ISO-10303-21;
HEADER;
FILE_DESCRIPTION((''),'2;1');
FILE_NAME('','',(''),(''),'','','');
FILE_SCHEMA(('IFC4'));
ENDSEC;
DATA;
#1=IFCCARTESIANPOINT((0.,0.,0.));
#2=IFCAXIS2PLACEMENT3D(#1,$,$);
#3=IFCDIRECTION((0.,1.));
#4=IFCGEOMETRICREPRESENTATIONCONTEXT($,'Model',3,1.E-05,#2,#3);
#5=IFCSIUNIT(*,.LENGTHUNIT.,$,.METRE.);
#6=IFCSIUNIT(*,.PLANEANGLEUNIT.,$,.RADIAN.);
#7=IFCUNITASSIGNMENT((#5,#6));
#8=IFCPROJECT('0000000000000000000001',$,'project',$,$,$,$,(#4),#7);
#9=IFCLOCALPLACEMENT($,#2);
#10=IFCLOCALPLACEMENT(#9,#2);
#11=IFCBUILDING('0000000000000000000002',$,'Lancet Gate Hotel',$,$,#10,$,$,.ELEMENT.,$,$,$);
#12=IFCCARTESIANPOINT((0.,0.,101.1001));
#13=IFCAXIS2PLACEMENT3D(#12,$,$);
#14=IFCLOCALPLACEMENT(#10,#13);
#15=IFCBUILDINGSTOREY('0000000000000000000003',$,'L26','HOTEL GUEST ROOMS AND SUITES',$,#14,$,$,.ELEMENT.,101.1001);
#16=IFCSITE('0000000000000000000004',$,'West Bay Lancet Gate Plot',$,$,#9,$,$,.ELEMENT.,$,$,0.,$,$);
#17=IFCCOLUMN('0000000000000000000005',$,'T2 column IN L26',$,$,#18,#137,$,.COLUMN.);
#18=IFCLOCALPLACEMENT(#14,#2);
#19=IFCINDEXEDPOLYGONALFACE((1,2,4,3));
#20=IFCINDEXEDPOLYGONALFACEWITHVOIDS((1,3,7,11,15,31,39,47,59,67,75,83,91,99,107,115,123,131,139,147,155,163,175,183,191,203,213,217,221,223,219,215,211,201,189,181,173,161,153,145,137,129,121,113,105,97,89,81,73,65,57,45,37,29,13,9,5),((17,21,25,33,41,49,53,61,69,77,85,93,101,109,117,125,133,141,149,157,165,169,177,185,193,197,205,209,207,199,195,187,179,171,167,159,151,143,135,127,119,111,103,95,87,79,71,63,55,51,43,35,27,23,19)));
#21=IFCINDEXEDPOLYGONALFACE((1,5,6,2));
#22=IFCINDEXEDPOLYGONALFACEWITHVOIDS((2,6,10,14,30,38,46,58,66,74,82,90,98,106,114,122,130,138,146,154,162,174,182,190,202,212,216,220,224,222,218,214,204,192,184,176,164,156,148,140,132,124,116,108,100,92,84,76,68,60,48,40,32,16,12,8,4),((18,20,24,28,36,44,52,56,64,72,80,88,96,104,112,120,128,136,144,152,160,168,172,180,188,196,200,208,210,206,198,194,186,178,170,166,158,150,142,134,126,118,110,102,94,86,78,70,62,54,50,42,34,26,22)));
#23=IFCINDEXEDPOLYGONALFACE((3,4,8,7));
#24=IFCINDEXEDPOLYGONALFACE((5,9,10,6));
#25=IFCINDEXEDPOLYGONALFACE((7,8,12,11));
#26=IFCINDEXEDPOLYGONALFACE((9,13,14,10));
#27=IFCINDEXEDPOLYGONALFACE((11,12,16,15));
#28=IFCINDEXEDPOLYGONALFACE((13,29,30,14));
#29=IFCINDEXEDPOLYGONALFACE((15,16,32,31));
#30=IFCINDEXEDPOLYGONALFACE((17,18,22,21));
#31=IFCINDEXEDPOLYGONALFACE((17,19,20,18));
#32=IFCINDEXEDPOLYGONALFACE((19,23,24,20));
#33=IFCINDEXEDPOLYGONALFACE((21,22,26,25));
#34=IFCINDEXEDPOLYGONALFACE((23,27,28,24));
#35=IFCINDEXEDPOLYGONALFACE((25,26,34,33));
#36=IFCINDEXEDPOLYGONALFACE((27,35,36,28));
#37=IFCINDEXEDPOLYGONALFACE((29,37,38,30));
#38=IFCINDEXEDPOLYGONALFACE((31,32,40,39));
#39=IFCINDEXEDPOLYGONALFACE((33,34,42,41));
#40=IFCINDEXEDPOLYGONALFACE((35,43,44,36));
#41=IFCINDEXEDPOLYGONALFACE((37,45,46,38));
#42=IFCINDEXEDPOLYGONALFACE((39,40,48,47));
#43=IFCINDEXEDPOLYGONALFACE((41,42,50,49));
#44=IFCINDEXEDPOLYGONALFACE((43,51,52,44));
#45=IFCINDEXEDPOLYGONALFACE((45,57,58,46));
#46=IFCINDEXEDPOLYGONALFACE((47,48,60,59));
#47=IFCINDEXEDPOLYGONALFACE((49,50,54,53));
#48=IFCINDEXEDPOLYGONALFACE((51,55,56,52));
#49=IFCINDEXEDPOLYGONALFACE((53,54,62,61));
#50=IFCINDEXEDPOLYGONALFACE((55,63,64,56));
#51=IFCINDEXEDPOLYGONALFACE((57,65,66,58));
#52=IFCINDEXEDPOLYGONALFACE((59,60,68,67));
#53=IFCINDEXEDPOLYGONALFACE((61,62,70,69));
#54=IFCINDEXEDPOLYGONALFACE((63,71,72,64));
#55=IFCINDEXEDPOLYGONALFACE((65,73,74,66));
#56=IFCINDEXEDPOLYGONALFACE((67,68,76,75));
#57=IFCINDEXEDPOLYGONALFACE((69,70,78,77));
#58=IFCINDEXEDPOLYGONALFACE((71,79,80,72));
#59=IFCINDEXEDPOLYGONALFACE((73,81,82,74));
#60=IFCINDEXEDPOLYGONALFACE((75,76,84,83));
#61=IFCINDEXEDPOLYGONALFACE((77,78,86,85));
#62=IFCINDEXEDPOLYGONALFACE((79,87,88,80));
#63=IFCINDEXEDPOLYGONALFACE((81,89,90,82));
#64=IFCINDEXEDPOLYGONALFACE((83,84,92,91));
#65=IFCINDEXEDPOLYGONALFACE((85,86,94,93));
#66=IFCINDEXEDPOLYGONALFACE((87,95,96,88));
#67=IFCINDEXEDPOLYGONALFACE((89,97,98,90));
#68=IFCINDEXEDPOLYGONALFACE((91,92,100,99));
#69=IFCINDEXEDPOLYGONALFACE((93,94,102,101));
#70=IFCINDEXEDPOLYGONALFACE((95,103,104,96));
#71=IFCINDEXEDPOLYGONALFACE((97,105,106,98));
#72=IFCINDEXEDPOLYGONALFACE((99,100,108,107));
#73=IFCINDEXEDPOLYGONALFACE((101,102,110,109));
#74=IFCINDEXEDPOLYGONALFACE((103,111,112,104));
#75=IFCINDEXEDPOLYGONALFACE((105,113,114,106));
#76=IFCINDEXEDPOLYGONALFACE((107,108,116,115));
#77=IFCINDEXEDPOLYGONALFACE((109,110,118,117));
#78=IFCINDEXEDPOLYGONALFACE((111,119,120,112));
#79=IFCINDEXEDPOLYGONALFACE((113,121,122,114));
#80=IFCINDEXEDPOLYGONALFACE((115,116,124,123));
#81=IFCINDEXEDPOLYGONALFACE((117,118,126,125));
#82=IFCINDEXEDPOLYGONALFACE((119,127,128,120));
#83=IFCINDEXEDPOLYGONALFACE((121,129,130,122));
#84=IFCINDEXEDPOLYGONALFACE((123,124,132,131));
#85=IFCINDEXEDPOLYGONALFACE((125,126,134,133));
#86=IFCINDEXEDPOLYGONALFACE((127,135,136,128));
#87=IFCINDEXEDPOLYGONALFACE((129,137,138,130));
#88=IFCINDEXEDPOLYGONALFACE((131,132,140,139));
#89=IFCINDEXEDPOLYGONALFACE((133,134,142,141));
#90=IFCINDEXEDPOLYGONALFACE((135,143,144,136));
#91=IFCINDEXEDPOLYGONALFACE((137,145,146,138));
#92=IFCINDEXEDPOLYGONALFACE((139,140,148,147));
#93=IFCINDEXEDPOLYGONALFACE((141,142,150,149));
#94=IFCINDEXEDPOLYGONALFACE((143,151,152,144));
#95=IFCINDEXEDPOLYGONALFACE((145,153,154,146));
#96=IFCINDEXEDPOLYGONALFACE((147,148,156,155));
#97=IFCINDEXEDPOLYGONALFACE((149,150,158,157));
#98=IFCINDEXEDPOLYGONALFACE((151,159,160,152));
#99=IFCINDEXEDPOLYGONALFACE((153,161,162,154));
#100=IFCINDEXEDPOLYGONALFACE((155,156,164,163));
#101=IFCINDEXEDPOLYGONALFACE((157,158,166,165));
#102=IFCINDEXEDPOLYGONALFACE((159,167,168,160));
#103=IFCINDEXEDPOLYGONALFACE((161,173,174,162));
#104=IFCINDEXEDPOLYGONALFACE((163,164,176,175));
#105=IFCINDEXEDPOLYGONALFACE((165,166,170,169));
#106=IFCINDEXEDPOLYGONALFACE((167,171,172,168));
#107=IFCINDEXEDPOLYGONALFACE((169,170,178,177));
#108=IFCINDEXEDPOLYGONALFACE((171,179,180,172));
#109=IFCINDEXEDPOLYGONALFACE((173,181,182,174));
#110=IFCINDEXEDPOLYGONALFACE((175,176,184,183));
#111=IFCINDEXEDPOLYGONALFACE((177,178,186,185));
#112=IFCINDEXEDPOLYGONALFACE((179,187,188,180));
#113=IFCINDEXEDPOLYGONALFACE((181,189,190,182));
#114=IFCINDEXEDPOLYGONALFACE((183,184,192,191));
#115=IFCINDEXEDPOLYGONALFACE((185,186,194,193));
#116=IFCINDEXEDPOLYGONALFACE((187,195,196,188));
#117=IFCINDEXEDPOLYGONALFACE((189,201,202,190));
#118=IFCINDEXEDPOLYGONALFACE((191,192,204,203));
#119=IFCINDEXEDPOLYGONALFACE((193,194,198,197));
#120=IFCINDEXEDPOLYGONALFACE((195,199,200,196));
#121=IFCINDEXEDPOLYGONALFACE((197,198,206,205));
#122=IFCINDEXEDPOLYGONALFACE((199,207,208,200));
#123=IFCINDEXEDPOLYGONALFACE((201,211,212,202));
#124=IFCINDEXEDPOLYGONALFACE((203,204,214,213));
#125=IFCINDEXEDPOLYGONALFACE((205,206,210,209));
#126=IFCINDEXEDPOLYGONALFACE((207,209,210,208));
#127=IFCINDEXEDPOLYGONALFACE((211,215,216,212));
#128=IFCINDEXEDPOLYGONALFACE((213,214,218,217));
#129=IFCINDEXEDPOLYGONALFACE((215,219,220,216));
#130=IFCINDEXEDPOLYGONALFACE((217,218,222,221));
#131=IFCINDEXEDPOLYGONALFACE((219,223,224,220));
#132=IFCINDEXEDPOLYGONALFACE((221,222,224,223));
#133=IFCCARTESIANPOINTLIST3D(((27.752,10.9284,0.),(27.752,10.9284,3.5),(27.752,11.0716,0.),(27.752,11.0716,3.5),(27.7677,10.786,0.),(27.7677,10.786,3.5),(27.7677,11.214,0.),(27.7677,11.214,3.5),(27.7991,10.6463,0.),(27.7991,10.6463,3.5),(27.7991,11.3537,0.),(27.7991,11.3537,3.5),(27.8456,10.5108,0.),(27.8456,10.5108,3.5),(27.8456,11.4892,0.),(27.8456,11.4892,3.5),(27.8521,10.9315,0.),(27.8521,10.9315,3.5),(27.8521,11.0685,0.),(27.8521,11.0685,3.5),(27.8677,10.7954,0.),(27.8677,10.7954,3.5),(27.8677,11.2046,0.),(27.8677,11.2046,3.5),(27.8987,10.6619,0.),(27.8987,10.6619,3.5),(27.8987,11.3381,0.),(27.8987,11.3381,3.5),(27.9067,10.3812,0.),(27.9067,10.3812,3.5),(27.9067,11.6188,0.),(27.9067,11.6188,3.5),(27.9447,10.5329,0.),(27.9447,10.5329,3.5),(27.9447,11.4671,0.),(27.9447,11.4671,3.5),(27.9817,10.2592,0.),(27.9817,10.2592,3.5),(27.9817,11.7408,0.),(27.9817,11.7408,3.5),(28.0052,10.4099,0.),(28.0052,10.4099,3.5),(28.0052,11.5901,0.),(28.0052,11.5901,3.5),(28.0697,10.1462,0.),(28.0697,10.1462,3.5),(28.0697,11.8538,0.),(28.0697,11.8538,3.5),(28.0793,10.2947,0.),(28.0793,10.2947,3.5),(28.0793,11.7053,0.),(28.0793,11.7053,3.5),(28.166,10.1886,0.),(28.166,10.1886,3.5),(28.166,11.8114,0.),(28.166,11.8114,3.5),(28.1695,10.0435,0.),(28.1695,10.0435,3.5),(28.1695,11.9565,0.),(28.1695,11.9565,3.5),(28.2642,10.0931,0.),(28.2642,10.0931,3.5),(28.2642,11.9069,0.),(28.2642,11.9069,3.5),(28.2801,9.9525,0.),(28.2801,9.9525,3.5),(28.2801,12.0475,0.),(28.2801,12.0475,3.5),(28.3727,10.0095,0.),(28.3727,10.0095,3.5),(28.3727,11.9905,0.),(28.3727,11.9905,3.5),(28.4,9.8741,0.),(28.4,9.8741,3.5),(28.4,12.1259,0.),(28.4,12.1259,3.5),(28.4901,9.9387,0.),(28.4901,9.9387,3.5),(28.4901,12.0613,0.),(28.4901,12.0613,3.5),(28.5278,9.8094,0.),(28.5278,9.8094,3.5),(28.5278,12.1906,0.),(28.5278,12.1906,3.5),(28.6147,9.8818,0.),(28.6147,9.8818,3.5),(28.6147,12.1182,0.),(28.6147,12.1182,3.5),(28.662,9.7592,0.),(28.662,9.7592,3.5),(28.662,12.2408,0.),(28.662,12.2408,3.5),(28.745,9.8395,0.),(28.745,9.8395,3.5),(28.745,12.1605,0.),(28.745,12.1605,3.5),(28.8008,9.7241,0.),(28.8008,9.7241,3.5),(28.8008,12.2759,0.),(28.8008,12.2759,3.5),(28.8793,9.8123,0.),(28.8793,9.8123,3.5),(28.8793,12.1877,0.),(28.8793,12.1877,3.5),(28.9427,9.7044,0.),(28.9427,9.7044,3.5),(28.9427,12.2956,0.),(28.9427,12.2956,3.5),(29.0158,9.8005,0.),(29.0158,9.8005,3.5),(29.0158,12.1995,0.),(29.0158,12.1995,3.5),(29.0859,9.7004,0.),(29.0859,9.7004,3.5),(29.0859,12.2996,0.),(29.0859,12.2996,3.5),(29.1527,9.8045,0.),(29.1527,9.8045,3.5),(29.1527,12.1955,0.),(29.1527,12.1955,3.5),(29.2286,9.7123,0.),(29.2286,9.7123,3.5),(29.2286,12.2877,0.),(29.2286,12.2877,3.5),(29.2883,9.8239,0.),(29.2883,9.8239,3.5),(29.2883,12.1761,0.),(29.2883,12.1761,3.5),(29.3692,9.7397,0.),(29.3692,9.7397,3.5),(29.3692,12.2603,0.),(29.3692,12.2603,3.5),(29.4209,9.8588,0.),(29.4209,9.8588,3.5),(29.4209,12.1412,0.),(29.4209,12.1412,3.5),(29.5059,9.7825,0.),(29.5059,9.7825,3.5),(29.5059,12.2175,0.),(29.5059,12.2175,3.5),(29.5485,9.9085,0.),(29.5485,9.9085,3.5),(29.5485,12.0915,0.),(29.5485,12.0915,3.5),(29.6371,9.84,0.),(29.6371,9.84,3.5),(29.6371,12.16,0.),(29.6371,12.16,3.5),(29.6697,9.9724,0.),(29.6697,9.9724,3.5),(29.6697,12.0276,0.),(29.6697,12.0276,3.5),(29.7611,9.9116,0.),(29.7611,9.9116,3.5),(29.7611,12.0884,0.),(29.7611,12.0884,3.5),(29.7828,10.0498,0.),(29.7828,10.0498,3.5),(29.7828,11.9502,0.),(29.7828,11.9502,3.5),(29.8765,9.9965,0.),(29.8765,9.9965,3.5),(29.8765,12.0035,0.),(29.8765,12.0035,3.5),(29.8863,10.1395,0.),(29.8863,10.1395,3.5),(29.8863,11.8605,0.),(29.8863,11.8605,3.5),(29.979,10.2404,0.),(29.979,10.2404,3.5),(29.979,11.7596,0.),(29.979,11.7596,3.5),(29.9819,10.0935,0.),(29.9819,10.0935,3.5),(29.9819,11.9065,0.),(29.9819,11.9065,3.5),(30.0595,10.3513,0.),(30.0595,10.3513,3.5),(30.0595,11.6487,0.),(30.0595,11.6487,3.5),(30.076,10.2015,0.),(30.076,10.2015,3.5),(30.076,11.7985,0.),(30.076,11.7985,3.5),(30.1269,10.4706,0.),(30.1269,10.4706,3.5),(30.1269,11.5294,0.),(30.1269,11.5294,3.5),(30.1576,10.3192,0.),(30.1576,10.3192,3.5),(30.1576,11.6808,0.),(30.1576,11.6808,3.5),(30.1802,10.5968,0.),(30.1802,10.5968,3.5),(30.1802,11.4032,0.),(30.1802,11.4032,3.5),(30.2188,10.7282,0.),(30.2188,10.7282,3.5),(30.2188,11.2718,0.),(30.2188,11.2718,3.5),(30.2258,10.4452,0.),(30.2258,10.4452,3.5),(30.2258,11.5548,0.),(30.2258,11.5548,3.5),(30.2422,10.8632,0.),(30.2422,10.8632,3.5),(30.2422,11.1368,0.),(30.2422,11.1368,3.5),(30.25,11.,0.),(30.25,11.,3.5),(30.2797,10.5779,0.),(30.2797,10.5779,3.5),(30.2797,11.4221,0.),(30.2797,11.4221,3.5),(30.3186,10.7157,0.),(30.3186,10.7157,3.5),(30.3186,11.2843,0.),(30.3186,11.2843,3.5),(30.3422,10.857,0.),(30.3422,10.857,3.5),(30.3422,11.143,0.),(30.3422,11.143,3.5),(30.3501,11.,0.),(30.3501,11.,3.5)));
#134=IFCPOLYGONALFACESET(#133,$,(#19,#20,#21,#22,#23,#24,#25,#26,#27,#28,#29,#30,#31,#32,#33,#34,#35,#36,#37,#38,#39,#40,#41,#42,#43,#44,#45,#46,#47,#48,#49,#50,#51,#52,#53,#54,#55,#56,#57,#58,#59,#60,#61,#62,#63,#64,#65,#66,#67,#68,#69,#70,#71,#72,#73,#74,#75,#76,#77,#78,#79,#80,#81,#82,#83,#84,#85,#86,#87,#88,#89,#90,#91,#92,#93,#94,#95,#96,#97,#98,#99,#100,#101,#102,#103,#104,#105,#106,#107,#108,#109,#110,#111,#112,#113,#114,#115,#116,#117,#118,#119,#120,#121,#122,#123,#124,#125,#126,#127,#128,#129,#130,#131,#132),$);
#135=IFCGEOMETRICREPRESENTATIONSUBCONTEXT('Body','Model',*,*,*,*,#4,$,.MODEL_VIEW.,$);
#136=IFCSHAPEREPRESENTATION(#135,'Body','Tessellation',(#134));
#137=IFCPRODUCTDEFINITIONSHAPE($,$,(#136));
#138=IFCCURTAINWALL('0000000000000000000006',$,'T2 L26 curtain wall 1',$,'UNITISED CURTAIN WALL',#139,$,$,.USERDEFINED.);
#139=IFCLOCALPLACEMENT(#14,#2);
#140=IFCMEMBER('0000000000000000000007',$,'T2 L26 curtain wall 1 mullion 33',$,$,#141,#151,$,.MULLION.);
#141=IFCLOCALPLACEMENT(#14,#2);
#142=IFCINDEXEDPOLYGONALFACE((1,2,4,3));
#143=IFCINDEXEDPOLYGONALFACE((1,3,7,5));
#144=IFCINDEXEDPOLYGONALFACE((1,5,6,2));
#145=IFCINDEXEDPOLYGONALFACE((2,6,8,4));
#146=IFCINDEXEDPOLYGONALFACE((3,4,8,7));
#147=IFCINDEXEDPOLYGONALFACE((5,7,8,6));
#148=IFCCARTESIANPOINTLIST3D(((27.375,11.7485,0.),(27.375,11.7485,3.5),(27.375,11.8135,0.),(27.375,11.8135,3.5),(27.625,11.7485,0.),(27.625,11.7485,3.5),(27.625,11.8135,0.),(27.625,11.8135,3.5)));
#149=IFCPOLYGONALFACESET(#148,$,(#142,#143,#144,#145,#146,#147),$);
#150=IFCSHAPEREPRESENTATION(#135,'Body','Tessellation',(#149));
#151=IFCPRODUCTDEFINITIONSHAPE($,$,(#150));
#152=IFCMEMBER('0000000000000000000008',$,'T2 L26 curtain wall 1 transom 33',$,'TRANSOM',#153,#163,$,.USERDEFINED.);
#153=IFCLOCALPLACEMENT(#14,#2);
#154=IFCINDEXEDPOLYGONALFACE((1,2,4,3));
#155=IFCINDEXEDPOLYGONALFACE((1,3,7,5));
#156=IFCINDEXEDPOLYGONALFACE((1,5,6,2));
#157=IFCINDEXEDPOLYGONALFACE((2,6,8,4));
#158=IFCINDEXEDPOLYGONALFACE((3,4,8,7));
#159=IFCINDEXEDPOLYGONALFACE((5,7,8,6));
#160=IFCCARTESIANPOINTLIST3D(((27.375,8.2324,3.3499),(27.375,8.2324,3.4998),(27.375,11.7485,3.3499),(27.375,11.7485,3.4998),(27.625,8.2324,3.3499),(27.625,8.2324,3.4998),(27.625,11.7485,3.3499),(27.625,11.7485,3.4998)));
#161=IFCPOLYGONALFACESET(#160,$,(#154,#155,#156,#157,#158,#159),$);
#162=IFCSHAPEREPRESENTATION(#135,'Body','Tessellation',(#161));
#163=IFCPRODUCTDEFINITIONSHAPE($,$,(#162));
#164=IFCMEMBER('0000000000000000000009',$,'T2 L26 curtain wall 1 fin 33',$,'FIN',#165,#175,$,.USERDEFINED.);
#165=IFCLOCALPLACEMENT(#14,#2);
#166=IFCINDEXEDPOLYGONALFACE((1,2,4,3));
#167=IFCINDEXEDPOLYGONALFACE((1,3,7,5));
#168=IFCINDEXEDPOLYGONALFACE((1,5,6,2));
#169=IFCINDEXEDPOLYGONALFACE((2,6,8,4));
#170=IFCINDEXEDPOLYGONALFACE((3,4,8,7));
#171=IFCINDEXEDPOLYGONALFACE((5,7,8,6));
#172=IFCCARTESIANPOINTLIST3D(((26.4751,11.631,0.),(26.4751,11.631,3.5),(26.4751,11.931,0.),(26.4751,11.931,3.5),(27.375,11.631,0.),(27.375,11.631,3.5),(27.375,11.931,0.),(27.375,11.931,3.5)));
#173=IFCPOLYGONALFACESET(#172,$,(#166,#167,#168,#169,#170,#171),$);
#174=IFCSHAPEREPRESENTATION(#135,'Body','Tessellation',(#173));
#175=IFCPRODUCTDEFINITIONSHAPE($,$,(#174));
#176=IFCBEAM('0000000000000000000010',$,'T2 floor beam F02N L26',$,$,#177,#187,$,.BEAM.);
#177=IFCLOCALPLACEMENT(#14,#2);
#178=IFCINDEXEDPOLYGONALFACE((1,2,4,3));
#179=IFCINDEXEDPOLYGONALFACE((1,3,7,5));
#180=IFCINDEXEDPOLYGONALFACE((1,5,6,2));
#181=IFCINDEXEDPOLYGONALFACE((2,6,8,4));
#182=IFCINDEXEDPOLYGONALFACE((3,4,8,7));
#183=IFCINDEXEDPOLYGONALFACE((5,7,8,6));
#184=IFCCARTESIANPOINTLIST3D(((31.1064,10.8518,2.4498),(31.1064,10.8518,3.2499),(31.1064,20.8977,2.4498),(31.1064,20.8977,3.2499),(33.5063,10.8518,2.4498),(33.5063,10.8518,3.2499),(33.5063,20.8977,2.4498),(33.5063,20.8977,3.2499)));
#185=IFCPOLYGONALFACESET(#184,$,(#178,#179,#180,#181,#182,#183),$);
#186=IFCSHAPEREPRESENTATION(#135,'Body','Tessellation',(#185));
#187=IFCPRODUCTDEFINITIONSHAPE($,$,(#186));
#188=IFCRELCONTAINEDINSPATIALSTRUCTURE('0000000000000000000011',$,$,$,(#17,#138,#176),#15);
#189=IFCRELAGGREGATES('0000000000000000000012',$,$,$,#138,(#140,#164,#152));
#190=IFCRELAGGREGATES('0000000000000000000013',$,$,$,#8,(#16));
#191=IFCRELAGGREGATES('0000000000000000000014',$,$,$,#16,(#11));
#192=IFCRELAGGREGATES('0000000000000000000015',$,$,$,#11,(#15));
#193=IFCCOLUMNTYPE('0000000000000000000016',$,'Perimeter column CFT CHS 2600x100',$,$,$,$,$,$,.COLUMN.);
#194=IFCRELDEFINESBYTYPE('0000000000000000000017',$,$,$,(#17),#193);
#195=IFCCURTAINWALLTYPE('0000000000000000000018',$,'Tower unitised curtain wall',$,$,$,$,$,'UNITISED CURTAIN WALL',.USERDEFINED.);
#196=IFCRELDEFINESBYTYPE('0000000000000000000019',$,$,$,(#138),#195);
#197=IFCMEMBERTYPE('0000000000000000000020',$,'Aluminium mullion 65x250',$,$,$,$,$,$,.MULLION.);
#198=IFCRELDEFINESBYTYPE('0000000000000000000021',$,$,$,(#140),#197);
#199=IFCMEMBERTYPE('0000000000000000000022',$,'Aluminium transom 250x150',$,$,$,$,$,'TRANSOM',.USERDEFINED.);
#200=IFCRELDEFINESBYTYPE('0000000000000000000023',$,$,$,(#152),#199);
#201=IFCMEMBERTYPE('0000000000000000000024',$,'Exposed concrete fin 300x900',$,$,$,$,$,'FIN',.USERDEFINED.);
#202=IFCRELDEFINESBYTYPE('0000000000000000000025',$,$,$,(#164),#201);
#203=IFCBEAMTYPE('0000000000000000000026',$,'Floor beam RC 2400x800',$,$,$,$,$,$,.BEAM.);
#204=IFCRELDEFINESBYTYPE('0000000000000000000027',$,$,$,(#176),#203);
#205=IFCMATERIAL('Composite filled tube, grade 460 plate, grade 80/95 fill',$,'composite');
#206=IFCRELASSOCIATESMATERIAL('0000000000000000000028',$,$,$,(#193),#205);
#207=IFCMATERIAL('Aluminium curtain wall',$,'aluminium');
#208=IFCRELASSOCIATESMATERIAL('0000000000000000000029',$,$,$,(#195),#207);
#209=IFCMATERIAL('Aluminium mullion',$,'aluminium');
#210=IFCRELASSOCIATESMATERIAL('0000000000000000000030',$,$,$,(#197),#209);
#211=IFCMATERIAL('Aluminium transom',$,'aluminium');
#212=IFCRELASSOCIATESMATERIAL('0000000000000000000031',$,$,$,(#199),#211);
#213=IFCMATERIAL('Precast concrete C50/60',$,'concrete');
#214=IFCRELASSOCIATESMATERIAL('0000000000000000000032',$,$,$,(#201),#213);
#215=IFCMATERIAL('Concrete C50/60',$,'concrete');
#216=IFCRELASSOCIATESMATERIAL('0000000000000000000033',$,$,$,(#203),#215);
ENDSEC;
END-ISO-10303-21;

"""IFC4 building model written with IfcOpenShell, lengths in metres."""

from ifc_helpers import new_model, si_unit, direction, frame, origin, origin_2d, place, context, subcontext, project, spatial, rectangle, hollow_circle, extrude, material, material_profile, profile_set, type_object, element, aggregate, save


model = new_model("IFC4")

# Units and contexts
model_context = context("Model", 3, precision=1e-05, world=origin(), true_north=direction((0.0, 1.0)))
body_context = subcontext(model_context, "Body", "Model", "MODEL_VIEW")
ifc_project = project(units=[si_unit("LENGTHUNIT", "METRE"), si_unit("PLANEANGLEUNIT", "RADIAN")], contexts=[model_context])

# Site, building, storey
site_placement = place(None, origin())
site = spatial("IfcSite", under=ifc_project, at=site_placement, Name="West Bay Lancet Gate Plot", CompositionType="ELEMENT", RefElevation=0.0)
building_placement = place(site_placement, origin())
building = spatial("IfcBuilding", under=site, at=building_placement, Name="Lancet Gate Hotel", CompositionType="ELEMENT")
storey_placement = place(building_placement, frame((0.0, 0.0, 101.1001)))
storey = spatial("IfcBuildingStorey", under=building, at=storey_placement, Name="L26", Description="HOTEL GUEST ROOMS AND SUITES", CompositionType="ELEMENT", Elevation=101.1001)

# Column
ifc_material_1 = material(Name="Composite filled tube, grade 460 plate, grade 80/95 fill", Category="composite")
ifc_material_profile_1 = material_profile(ifc_material_1, hollow_circle(Radius=1.3, WallThickness=0.1001, at=origin_2d()), Name="CHS 2600x100")
ifc_profile_set_1 = profile_set([ifc_material_profile_1], Name="Composite filled tube, grade 460 plate, grade 80/95 fill")
column_type = type_object("IfcColumnType", Name="Perimeter column CFT CHS 2600x100", PredefinedType="COLUMN", material=ifc_profile_set_1)
column_placement = place(storey_placement, frame((29.05, 11.0, 0.0), z_axis=(0.0, 0.0, 1.0), x_axis=(1.0, 0.0, 0.0)))
element("IfcColumn", 1, at=column_placement, inside=storey, type_object=column_type, Name="T2 column IN L26", PredefinedType="COLUMN", context=body_context, shape_type="SweptSolid", body=[
    extrude(hollow_circle(Radius=1.3, WallThickness=0.1001, at=origin_2d()), origin(), (0.0, 0.0, 1.0), 3.5),
])

# Curtain wall, members
ifc_material_2 = material(Name="Aluminium curtain wall", Category="aluminium")
curtain_wall_type = type_object("IfcCurtainWallType", Name="Tower unitised curtain wall", ElementType="UNITISED CURTAIN WALL", PredefinedType="USERDEFINED", material=ifc_material_2)
curtain_wall_placement = place(storey_placement, origin())
curtain_wall = element("IfcCurtainWall", 2, at=curtain_wall_placement, inside=storey, type_object=curtain_wall_type, Name="T2 L26 curtain wall 1", ObjectType="UNITISED CURTAIN WALL", PredefinedType="USERDEFINED")
ifc_material_3 = material(Name="Aluminium mullion", Category="aluminium")
ifc_material_profile_2 = material_profile(ifc_material_3, rectangle(XDim=0.0649, YDim=0.25, at=origin_2d()), Name="MULLION 65x250")
ifc_profile_set_2 = profile_set([ifc_material_profile_2], Name="Aluminium mullion")
member_type_1 = type_object("IfcMemberType", Name="Aluminium mullion 65x250", PredefinedType="MULLION", material=ifc_profile_set_2)
member_1_placement = place(storey_placement, frame((27.5, 11.781, 0.0), z_axis=(0.0, 0.0, 1.0), x_axis=(0.0, -1.0, 0.0)))
member_1 = element("IfcMember", 3, at=member_1_placement, type_object=member_type_1, Name="T2 L26 curtain wall 1 mullion 33", PredefinedType="MULLION", context=body_context, shape_type="SweptSolid", body=[
    extrude(rectangle(XDim=0.0649, YDim=0.25, at=origin_2d()), origin(), (0.0, 0.0, 1.0), 3.5),
])
ifc_material_4 = material(Name="Aluminium transom", Category="aluminium")
ifc_material_profile_3 = material_profile(ifc_material_4, rectangle(XDim=0.25, YDim=0.1499, at=origin_2d()), Name="TRANSOM 250x150")
ifc_profile_set_3 = profile_set([ifc_material_profile_3], Name="Aluminium transom")
member_type_2 = type_object("IfcMemberType", Name="Aluminium transom 250x150", ElementType="TRANSOM", PredefinedType="USERDEFINED", material=ifc_profile_set_3)
member_2_placement = place(storey_placement, frame((27.5, 11.7485, 3.4248), z_axis=(0.0, -1.0, 0.0), x_axis=(1.0, 0.0, 0.0)))
member_2 = element("IfcMember", 4, at=member_2_placement, type_object=member_type_2, Name="T2 L26 curtain wall 1 transom 33", ObjectType="TRANSOM", PredefinedType="USERDEFINED", context=body_context, shape_type="SweptSolid", body=[
    extrude(rectangle(XDim=0.25, YDim=0.1499, at=origin_2d()), origin(), (0.0, 0.0, 1.0), 3.5161),
])
ifc_material_5 = material(Name="Precast concrete C50/60", Category="concrete")
ifc_material_profile_4 = material_profile(ifc_material_5, rectangle(XDim=0.3, YDim=0.8999, at=origin_2d()), Name="FIN 300x900")
ifc_profile_set_4 = profile_set([ifc_material_profile_4], Name="Precast concrete C50/60")
member_type_3 = type_object("IfcMemberType", Name="Exposed concrete fin 300x900", ElementType="FIN", PredefinedType="USERDEFINED", material=ifc_profile_set_4)
member_3_placement = place(storey_placement, frame((26.925, 11.781, 0.0), z_axis=(0.0, 0.0, 1.0), x_axis=(0.0, -1.0, 0.0)))
member_3 = element("IfcMember", 5, at=member_3_placement, type_object=member_type_3, Name="T2 L26 curtain wall 1 fin 33", ObjectType="FIN", PredefinedType="USERDEFINED", context=body_context, shape_type="SweptSolid", body=[
    extrude(rectangle(XDim=0.3, YDim=0.8999, at=origin_2d()), origin(), (0.0, 0.0, 1.0), 3.5),
])

# Beam
ifc_material_6 = material(Name="Concrete C50/60", Category="concrete")
ifc_material_profile_5 = material_profile(ifc_material_6, rectangle(XDim=2.3999, YDim=0.8, at=origin_2d()), Name="RC 2400x800")
ifc_profile_set_5 = profile_set([ifc_material_profile_5], Name="Concrete C50/60")
beam_type_1 = type_object("IfcBeamType", Name="Floor beam RC 2400x800", PredefinedType="BEAM", material=ifc_profile_set_5)
beam_1_placement = place(storey_placement, frame((32.3064, 10.8518, 2.8499), z_axis=(0.0, 1.0, 0.0), x_axis=(-1.0, 0.0, 0.0)))
element("IfcBeam", 6, at=beam_1_placement, inside=storey, type_object=beam_type_1, Name="T2 floor beam F02N L26", PredefinedType="BEAM", context=body_context, shape_type="SweptSolid", body=[
    extrude(rectangle(XDim=2.3999, YDim=0.8, at=origin_2d()), origin(), (0.0, 0.0, 1.0), 10.0459),
])

aggregate(curtain_wall, [member_1, member_3, member_2])

save(model, "model.ifc")
